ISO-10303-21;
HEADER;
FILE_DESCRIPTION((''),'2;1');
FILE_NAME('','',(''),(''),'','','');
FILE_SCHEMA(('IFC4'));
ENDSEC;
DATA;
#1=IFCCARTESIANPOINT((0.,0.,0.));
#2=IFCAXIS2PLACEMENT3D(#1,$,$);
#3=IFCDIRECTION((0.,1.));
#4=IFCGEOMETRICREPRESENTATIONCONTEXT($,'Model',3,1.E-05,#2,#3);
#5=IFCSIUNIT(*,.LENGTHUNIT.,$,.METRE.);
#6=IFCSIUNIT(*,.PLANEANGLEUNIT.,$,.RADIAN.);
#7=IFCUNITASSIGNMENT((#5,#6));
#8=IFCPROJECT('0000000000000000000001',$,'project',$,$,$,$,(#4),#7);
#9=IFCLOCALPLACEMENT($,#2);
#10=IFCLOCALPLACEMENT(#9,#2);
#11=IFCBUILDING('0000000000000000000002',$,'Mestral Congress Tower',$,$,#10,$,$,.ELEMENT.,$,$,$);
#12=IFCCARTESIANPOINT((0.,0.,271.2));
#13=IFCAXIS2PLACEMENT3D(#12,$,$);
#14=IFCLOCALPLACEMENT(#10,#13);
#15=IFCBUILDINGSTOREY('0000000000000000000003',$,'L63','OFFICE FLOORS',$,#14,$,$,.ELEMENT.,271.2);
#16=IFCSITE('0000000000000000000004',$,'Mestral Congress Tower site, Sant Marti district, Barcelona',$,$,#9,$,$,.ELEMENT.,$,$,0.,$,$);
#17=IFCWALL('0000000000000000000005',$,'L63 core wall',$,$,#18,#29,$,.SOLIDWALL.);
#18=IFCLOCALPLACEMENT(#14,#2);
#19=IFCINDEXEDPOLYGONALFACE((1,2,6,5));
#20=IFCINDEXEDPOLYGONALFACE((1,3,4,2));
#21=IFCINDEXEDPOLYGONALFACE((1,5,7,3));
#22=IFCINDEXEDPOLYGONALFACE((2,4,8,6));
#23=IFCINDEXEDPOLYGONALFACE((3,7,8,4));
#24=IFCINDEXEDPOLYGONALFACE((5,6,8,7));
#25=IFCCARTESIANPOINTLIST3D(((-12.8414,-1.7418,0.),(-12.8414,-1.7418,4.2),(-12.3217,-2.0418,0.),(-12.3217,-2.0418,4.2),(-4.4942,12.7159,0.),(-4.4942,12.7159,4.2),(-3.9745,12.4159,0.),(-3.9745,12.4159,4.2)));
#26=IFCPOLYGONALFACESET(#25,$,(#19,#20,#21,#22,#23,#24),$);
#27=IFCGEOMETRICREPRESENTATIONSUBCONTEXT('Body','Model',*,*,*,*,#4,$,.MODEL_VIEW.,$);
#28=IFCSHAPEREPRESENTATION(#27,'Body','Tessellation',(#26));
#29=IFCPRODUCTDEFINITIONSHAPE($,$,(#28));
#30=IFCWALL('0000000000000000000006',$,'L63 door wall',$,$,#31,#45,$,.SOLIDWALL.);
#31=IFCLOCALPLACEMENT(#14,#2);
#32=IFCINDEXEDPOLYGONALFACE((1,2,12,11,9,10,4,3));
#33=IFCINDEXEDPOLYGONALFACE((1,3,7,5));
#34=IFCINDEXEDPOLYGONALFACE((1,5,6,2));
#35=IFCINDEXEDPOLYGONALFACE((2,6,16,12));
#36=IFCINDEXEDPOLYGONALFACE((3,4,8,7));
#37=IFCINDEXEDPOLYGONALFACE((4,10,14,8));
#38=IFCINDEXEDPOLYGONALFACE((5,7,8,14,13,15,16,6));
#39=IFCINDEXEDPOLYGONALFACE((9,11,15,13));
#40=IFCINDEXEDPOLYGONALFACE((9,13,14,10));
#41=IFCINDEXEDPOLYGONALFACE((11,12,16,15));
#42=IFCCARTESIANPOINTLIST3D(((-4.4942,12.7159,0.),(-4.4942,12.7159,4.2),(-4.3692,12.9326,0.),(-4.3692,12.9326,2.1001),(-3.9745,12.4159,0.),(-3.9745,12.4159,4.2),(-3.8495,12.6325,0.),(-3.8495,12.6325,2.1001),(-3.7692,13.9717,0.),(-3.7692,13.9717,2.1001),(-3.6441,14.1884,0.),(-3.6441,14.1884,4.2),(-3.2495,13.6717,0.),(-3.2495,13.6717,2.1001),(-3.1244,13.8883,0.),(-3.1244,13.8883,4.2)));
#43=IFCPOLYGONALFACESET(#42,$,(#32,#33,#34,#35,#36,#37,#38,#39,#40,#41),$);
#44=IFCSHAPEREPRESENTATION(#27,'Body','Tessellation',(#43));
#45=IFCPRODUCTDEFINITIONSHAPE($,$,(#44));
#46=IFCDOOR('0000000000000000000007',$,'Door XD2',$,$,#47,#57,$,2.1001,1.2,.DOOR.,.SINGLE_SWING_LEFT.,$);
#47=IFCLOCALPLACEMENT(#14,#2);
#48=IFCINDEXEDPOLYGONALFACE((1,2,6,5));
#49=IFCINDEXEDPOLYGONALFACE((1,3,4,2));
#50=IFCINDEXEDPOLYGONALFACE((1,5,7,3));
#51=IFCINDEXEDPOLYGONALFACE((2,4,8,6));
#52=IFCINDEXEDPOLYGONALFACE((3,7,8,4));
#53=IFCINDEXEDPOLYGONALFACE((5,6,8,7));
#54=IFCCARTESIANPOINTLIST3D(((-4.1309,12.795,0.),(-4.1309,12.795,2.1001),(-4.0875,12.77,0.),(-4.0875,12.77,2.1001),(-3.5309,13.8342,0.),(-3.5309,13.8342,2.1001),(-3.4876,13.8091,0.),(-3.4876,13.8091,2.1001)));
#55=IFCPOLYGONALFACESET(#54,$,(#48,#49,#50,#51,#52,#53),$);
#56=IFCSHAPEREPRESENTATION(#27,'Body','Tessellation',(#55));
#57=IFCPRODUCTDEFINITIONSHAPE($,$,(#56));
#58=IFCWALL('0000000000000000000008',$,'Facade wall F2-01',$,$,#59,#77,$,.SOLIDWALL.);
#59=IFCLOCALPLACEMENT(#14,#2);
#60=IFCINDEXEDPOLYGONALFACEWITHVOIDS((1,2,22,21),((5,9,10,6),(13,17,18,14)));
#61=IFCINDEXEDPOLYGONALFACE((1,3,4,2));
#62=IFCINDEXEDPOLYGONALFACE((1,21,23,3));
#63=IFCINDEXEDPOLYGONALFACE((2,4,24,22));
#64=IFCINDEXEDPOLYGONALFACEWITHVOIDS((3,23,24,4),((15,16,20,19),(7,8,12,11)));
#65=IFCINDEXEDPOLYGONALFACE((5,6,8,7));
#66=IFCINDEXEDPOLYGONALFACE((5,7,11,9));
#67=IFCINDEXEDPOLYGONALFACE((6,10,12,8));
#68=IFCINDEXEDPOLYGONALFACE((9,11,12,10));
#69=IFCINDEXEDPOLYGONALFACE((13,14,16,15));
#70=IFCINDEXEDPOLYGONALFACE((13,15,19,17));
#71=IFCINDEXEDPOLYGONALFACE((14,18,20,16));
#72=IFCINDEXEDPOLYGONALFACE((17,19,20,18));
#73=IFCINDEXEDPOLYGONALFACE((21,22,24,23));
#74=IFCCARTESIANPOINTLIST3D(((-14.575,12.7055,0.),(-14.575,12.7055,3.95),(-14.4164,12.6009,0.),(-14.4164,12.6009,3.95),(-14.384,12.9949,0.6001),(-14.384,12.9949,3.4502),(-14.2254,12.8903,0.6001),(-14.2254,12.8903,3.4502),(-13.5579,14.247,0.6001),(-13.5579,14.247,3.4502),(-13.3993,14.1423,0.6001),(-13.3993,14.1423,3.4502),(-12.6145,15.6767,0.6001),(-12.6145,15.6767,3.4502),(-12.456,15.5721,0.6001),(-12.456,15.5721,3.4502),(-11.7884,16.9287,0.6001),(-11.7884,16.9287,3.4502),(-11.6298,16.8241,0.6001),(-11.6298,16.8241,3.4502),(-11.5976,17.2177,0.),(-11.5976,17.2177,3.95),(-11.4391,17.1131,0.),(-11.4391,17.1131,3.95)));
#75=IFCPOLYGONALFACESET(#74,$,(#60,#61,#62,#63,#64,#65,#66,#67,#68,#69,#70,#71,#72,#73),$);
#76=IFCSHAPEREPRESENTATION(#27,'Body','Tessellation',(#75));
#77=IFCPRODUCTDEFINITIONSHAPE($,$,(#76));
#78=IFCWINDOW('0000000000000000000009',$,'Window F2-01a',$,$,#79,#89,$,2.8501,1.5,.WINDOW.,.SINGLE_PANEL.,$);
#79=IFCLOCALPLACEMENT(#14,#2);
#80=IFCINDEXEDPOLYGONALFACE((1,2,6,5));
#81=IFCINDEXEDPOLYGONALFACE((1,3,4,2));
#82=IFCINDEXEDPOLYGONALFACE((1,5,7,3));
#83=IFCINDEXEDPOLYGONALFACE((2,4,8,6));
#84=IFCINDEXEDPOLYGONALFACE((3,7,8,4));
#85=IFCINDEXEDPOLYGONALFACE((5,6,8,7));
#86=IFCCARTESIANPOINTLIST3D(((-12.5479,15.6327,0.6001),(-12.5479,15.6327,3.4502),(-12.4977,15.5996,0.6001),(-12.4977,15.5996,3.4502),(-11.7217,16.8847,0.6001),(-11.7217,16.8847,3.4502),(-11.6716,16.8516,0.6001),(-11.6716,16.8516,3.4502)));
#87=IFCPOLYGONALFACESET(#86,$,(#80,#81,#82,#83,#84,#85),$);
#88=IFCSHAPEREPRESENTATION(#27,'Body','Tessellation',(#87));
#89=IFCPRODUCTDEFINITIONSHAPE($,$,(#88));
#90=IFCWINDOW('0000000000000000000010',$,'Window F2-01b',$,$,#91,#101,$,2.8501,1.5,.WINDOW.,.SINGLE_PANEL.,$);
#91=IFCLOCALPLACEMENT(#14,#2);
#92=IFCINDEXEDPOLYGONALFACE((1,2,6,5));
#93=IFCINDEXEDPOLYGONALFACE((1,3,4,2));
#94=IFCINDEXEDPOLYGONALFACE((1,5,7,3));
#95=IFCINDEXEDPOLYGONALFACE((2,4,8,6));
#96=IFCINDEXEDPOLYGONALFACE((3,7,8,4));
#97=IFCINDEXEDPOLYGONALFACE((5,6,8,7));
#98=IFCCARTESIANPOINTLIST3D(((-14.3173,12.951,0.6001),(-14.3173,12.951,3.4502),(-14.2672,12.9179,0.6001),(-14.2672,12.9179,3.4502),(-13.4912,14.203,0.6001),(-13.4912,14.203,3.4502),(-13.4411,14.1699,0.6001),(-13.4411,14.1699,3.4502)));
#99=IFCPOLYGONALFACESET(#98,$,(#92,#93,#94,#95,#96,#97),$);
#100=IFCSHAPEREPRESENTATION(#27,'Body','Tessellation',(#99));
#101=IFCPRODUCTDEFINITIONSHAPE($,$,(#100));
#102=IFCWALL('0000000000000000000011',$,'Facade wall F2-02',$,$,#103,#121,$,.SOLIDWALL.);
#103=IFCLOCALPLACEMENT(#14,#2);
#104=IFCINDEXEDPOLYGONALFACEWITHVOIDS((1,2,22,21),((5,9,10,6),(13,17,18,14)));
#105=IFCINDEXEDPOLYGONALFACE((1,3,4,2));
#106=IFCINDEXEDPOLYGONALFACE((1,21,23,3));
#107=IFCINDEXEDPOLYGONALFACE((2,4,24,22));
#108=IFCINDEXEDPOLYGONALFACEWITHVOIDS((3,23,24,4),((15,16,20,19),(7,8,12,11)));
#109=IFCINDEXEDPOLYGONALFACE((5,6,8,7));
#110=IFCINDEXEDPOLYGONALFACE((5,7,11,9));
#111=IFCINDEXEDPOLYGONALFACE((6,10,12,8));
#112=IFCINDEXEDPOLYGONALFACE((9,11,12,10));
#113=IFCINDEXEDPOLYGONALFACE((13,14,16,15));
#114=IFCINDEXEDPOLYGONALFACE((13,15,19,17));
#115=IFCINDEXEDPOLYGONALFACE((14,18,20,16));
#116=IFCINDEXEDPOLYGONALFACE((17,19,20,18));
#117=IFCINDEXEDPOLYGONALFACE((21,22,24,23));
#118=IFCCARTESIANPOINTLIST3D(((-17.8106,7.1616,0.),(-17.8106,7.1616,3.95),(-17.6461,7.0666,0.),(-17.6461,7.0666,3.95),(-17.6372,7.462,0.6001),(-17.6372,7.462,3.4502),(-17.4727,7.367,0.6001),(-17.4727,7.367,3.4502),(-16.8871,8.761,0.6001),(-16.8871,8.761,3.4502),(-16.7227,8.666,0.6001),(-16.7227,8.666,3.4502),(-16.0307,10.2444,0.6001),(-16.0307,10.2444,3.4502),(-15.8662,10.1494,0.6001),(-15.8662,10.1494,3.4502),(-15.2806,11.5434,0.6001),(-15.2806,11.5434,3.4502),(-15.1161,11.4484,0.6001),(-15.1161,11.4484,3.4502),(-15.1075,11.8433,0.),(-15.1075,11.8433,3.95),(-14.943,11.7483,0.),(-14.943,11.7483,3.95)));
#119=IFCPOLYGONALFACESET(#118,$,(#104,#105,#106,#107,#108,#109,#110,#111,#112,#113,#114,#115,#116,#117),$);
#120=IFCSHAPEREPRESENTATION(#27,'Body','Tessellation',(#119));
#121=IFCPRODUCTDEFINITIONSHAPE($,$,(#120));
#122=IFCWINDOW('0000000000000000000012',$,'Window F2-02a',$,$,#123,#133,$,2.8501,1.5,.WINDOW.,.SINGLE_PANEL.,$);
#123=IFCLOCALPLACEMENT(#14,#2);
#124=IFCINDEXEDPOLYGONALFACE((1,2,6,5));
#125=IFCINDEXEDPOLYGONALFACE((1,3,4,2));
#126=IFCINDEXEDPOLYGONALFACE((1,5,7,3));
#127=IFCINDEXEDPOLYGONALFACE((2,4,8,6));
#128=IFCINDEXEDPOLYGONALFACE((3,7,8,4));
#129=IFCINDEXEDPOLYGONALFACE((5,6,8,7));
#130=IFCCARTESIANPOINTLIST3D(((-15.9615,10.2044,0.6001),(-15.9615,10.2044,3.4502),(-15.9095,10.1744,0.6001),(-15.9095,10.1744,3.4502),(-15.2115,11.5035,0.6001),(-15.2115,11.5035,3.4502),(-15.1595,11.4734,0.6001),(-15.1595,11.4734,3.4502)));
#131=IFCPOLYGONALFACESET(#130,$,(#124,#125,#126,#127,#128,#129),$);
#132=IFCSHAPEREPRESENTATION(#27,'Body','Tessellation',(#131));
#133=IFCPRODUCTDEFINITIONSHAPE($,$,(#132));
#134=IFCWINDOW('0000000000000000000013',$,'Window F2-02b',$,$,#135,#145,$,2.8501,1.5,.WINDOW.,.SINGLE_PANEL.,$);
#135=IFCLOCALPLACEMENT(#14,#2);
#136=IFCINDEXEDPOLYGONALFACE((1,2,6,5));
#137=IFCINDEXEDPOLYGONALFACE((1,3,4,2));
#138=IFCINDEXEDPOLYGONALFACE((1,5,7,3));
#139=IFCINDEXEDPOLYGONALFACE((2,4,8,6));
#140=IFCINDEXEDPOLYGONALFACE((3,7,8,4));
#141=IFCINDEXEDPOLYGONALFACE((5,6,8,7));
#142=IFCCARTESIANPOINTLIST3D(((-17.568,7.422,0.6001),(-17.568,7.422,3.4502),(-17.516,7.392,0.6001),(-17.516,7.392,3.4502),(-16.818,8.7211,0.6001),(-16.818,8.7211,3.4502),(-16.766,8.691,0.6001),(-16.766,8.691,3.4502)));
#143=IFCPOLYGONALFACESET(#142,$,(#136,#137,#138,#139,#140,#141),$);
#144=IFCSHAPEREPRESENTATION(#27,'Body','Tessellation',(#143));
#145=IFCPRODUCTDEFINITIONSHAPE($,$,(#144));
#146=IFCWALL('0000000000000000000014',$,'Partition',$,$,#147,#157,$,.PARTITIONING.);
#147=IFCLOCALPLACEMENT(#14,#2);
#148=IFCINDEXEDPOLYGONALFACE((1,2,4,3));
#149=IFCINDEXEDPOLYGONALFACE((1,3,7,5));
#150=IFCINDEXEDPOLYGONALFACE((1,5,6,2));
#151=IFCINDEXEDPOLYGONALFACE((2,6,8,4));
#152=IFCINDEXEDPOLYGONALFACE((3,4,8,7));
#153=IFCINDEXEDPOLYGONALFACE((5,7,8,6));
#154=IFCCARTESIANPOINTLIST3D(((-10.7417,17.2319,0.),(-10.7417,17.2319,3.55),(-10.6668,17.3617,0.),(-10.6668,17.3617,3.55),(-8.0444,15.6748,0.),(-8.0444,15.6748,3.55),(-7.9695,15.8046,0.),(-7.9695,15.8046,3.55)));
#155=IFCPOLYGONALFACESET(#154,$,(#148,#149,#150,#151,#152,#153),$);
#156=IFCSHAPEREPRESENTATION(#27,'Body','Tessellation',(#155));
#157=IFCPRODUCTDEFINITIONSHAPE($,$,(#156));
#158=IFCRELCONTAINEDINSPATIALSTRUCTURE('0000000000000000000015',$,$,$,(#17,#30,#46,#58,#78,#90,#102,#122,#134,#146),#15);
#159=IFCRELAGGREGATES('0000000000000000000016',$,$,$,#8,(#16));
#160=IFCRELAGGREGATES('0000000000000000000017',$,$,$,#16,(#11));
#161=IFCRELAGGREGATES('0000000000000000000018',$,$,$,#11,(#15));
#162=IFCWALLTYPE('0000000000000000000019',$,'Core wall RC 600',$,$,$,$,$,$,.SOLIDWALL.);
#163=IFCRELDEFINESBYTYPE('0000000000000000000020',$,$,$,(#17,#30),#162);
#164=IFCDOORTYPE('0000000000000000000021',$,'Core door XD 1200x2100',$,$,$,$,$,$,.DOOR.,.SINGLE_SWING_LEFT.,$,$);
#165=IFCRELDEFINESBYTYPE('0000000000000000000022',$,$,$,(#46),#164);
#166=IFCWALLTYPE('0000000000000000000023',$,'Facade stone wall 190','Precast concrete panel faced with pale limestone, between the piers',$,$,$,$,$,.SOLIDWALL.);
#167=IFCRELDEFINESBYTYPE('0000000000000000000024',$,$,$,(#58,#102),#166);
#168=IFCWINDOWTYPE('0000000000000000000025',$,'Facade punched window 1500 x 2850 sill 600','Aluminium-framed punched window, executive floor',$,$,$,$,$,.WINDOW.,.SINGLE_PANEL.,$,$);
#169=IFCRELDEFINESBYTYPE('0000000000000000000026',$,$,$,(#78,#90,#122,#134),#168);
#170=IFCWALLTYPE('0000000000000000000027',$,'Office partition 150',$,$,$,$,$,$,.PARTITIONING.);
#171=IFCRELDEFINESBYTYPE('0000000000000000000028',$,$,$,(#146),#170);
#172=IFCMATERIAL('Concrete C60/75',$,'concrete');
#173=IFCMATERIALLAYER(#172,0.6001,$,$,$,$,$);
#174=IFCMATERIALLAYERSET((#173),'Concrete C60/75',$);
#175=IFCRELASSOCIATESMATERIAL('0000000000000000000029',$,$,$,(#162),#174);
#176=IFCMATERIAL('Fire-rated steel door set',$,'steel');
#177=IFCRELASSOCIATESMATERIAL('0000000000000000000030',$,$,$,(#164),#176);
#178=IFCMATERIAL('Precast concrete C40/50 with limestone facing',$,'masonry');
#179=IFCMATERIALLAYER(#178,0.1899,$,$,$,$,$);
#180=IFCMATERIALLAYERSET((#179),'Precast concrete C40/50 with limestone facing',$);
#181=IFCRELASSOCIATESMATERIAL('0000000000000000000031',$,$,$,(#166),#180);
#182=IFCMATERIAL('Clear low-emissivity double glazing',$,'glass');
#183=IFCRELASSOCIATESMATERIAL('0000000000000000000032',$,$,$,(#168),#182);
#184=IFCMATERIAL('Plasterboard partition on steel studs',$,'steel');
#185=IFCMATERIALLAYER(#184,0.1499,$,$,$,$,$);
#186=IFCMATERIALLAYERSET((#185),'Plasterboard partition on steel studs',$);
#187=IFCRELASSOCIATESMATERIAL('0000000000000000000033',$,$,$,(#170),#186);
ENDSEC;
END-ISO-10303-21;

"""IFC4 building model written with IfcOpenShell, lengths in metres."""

from ifc_helpers import new_model, si_unit, direction, frame, frame_2d, origin, place, context, subcontext, project, spatial, rectangle, extrude, material, layer, layer_set, type_object, element, fill, save


model = new_model("IFC4")

# Units and contexts
model_context = context("Model", 3, precision=1e-05, world=origin(), true_north=direction((0.0, 1.0)))
body_context = subcontext(model_context, "Body", "Model", "MODEL_VIEW")
ifc_project = project(units=[si_unit("LENGTHUNIT", "METRE"), si_unit("PLANEANGLEUNIT", "RADIAN")], contexts=[model_context])

# Site, building, storey
site_placement = place(None, origin())
site = spatial("IfcSite", under=ifc_project, at=site_placement, Name="Mestral Congress Tower site, Sant Marti district, Barcelona", CompositionType="ELEMENT", RefElevation=0.0)
building_placement = place(site_placement, origin())
building = spatial("IfcBuilding", under=site, at=building_placement, Name="Mestral Congress Tower", CompositionType="ELEMENT")
storey_placement = place(building_placement, frame((0.0, 0.0, 271.2)))
storey = spatial("IfcBuildingStorey", under=building, at=storey_placement, Name="L63", Description="OFFICE FLOORS", CompositionType="ELEMENT", Elevation=271.2)

# Shared definitions
ifc_material_1 = material(Name="Concrete C60/75", Category="concrete")

# Wall
ifc_layer_1 = layer(ifc_material_1, 0.6001)
ifc_layer_set_1 = layer_set([ifc_layer_1], Name="Concrete C60/75")
wall_type_1 = type_object("IfcWallType", Name="Core wall RC 600", PredefinedType="SOLIDWALL", material=ifc_layer_set_1)
wall_1_placement = place(storey_placement, frame((-4.2344, 12.5659, 0.0), z_axis=(0.0, 0.0, 1.0), x_axis=(-0.499999, -0.866026, 0.0)))
element("IfcWall", 1, at=wall_1_placement, inside=storey, type_object=wall_type_1, Name="L63 core wall", PredefinedType="SOLIDWALL", context=body_context, shape_type="SweptSolid", body=[
    extrude(rectangle(XDim=16.6943, YDim=0.6001, at=frame_2d((8.3472, 0.0))), origin(), (0.0, 0.0, 1.0), 4.2),
])

# Wall, opening, door
wall_2_placement = place(storey_placement, frame((-4.2344, 12.5659, 0.0), z_axis=(0.0, 0.0, 1.0), x_axis=(0.5, 0.866025, 0.0)))
wall_2 = element("IfcWall", 2, at=wall_2_placement, inside=storey, type_object=wall_type_1, Name="L63 door wall", PredefinedType="SOLIDWALL", context=body_context, shape_type="SweptSolid", body=[
    extrude(rectangle(XDim=1.7002, YDim=0.6001, at=frame_2d((0.8501, 0.0))), origin(), (0.0, 0.0, 1.0), 4.2),
])
opening_1_placement = place(wall_2_placement, frame((0.25, 0.0, 0.0)))
opening_1 = element("IfcOpeningElement", 3, at=opening_1_placement, cuts=wall_2, PredefinedType="OPENING", context=body_context, shape_type="SweptSolid", body=[
    extrude(rectangle(XDim=1.2, YDim=2.1001, at=frame_2d((0.6001, 1.05))), frame((0.0, 0.3101, 0.0), z_axis=(0.0, -1.0, 0.0), x_axis=(1.0, 0.0, 0.0)), (0.0, 0.0, 1.0), 0.6201),
])
ifc_material_2 = material(Name="Fire-rated steel door set", Category="steel")
door_type_1 = type_object("IfcDoorType", Name="Core door XD 1200x2100", OperationType="SINGLE_SWING_LEFT", PredefinedType="DOOR", material=ifc_material_2)
door_1_placement = place(opening_1_placement, origin())
door_1 = element("IfcDoor", 4, at=door_1_placement, inside=storey, type_object=door_type_1, Name="Door XD2", OperationType="SINGLE_SWING_LEFT", OverallHeight=2.1001, OverallWidth=1.2, PredefinedType="DOOR", context=body_context, shape_type="SweptSolid", body=[
    extrude(rectangle(XDim=1.2, YDim=2.1001, at=frame_2d((0.6001, 1.05))), frame((0.0, 0.0249, 0.0), z_axis=(0.0, -1.0, 0.0), x_axis=(1.0, 0.0, 0.0)), (0.0, 0.0, 1.0), 0.05),
])
fill(opening_1, door_1)

# Walls, openings, windows
ifc_material_3 = material(Name="Precast concrete C40/50 with limestone facing", Category="masonry")
ifc_layer_2 = layer(ifc_material_3, 0.1899)
ifc_layer_set_2 = layer_set([ifc_layer_2], Name="Precast concrete C40/50 with limestone facing")
wall_type_2 = type_object("IfcWallType", Name="Facade stone wall 190", Description="Precast concrete panel faced with pale limestone, between the piers", PredefinedType="SOLIDWALL", material=ifc_layer_set_2)
wall_3_placement = place(storey_placement, frame((-11.5183, 17.1655, 0.0), z_axis=(0.0, 0.0, 1.0), x_axis=(-0.550744, -0.834674, 0.0)))
wall_3 = element("IfcWall", 5, at=wall_3_placement, inside=storey, type_object=wall_type_2, Name="Facade wall F2-01", PredefinedType="SOLIDWALL", context=body_context, shape_type="SweptSolid", body=[
    extrude(rectangle(XDim=5.406, YDim=0.1899, at=frame_2d((2.7031, 0.0))), origin(), (0.0, 0.0, 1.0), 3.95),
])
opening_2_placement = place(wall_3_placement, frame((0.3464, 0.0, 0.6001)))
opening_2 = element("IfcOpeningElement", 6, at=opening_2_placement, cuts=wall_3, PredefinedType="OPENING", context=body_context, shape_type="SweptSolid", body=[
    extrude(rectangle(XDim=1.5, YDim=2.8501, at=frame_2d((0.75, 1.425))), frame((0.0, 0.105, 0.0), z_axis=(0.0, -1.0, 0.0), x_axis=(1.0, 0.0, 0.0)), (0.0, 0.0, 1.0), 0.21),
])
opening_3_placement = place(wall_3_placement, frame((3.5593, 0.0, 0.6001)))
opening_3 = element("IfcOpeningElement", 7, at=opening_3_placement, cuts=wall_3, PredefinedType="OPENING", context=body_context, shape_type="SweptSolid", body=[
    extrude(rectangle(XDim=1.5, YDim=2.8501, at=frame_2d((0.75, 1.425))), frame((0.0, 0.105, 0.0), z_axis=(0.0, -1.0, 0.0), x_axis=(1.0, 0.0, 0.0)), (0.0, 0.0, 1.0), 0.21),
])
ifc_material_4 = material(Name="Clear low-emissivity double glazing", Category="glass")
window_type = type_object("IfcWindowType", Name="Facade punched window 1500 x 2850 sill 600", Description="Aluminium-framed punched window, executive floor", PartitioningType="SINGLE_PANEL", PredefinedType="WINDOW", material=ifc_material_4)
window_1_placement = place(opening_2_placement, origin())
window_1 = element("IfcWindow", 8, at=window_1_placement, inside=storey, type_object=window_type, Name="Window F2-01a", OverallHeight=2.8501, OverallWidth=1.5, PartitioningType="SINGLE_PANEL", PredefinedType="WINDOW", context=body_context, shape_type="SweptSolid", body=[
    extrude(rectangle(XDim=1.5, YDim=2.8501, at=frame_2d((0.75, 1.425))), frame((0.0, 0.0449, 0.0), z_axis=(0.0, -1.0, 0.0), x_axis=(1.0, 0.0, 0.0)), (0.0, 0.0, 1.0), 0.0601),
])
fill(opening_2, window_1)
window_2_placement = place(opening_3_placement, origin())
window_2 = element("IfcWindow", 9, at=window_2_placement, inside=storey, type_object=window_type, Name="Window F2-01b", OverallHeight=2.8501, OverallWidth=1.5, PartitioningType="SINGLE_PANEL", PredefinedType="WINDOW", context=body_context, shape_type="SweptSolid", body=[
    extrude(rectangle(XDim=1.5, YDim=2.8501, at=frame_2d((0.75, 1.425))), frame((0.0, 0.0449, 0.0), z_axis=(0.0, -1.0, 0.0), x_axis=(1.0, 0.0, 0.0)), (0.0, 0.0, 1.0), 0.0601),
])
fill(opening_3, window_2)
wall_4_placement = place(storey_placement, frame((-15.0251, 11.7959, 0.0), z_axis=(0.0, 0.0, 1.0), x_axis=(-0.500025, -0.866011, 0.0)))
wall_4 = element("IfcWall", 10, at=wall_4_placement, inside=storey, type_object=wall_type_2, Name="Facade wall F2-02", PredefinedType="SOLIDWALL", context=body_context, shape_type="SweptSolid", body=[
    extrude(rectangle(XDim=5.406, YDim=0.1899, at=frame_2d((2.7031, 0.0))), origin(), (0.0, 0.0, 1.0), 3.95),
])
opening_4_placement = place(wall_4_placement, frame((0.3464, 0.0, 0.6001)))
opening_4 = element("IfcOpeningElement", 11, at=opening_4_placement, cuts=wall_4, PredefinedType="OPENING", context=body_context, shape_type="SweptSolid", body=[
    extrude(rectangle(XDim=1.5, YDim=2.8501, at=frame_2d((0.75, 1.425))), frame((0.0, 0.105, 0.0), z_axis=(0.0, -1.0, 0.0), x_axis=(1.0, 0.0, 0.0)), (0.0, 0.0, 1.0), 0.21),
])
opening_5_placement = place(wall_4_placement, frame((3.5593, 0.0, 0.6001)))
opening_5 = element("IfcOpeningElement", 12, at=opening_5_placement, cuts=wall_4, PredefinedType="OPENING", context=body_context, shape_type="SweptSolid", body=[
    extrude(rectangle(XDim=1.5, YDim=2.8501, at=frame_2d((0.75, 1.425))), frame((0.0, 0.105, 0.0), z_axis=(0.0, -1.0, 0.0), x_axis=(1.0, 0.0, 0.0)), (0.0, 0.0, 1.0), 0.21),
])
window_3_placement = place(opening_4_placement, origin())
window_3 = element("IfcWindow", 13, at=window_3_placement, inside=storey, type_object=window_type, Name="Window F2-02a", OverallHeight=2.8501, OverallWidth=1.5, PartitioningType="SINGLE_PANEL", PredefinedType="WINDOW", context=body_context, shape_type="SweptSolid", body=[
    extrude(rectangle(XDim=1.5, YDim=2.8501, at=frame_2d((0.75, 1.425))), frame((0.0, 0.0449, 0.0), z_axis=(0.0, -1.0, 0.0), x_axis=(1.0, 0.0, 0.0)), (0.0, 0.0, 1.0), 0.0601),
])
fill(opening_4, window_3)
window_4_placement = place(opening_5_placement, origin())
window_4 = element("IfcWindow", 14, at=window_4_placement, inside=storey, type_object=window_type, Name="Window F2-02b", OverallHeight=2.8501, OverallWidth=1.5, PartitioningType="SINGLE_PANEL", PredefinedType="WINDOW", context=body_context, shape_type="SweptSolid", body=[
    extrude(rectangle(XDim=1.5, YDim=2.8501, at=frame_2d((0.75, 1.425))), frame((0.0, 0.0449, 0.0), z_axis=(0.0, -1.0, 0.0), x_axis=(1.0, 0.0, 0.0)), (0.0, 0.0, 1.0), 0.0601),
])
fill(opening_5, window_4)

# Wall
ifc_material_5 = material(Name="Plasterboard partition on steel studs", Category="steel")
ifc_layer_3 = layer(ifc_material_5, 0.1499)
ifc_layer_set_3 = layer_set([ifc_layer_3], Name="Plasterboard partition on steel studs")
wall_type_3 = type_object("IfcWallType", Name="Office partition 150", PredefinedType="PARTITIONING", material=ifc_layer_set_3)
wall_5_placement = place(storey_placement, frame((-8.0071, 15.7397, 0.0), z_axis=(0.0, 0.0, 1.0), x_axis=(-0.866045, 0.499967, 0.0)))
element("IfcWall", 15, at=wall_5_placement, inside=storey, type_object=wall_type_3, Name="Partition", PredefinedType="PARTITIONING", context=body_context, shape_type="SweptSolid", body=[
    extrude(rectangle(XDim=3.1145, YDim=0.1499, at=frame_2d((1.5571, 0.0))), origin(), (0.0, 0.0, 1.0), 3.55),
])

save(model, "model.ifc")
